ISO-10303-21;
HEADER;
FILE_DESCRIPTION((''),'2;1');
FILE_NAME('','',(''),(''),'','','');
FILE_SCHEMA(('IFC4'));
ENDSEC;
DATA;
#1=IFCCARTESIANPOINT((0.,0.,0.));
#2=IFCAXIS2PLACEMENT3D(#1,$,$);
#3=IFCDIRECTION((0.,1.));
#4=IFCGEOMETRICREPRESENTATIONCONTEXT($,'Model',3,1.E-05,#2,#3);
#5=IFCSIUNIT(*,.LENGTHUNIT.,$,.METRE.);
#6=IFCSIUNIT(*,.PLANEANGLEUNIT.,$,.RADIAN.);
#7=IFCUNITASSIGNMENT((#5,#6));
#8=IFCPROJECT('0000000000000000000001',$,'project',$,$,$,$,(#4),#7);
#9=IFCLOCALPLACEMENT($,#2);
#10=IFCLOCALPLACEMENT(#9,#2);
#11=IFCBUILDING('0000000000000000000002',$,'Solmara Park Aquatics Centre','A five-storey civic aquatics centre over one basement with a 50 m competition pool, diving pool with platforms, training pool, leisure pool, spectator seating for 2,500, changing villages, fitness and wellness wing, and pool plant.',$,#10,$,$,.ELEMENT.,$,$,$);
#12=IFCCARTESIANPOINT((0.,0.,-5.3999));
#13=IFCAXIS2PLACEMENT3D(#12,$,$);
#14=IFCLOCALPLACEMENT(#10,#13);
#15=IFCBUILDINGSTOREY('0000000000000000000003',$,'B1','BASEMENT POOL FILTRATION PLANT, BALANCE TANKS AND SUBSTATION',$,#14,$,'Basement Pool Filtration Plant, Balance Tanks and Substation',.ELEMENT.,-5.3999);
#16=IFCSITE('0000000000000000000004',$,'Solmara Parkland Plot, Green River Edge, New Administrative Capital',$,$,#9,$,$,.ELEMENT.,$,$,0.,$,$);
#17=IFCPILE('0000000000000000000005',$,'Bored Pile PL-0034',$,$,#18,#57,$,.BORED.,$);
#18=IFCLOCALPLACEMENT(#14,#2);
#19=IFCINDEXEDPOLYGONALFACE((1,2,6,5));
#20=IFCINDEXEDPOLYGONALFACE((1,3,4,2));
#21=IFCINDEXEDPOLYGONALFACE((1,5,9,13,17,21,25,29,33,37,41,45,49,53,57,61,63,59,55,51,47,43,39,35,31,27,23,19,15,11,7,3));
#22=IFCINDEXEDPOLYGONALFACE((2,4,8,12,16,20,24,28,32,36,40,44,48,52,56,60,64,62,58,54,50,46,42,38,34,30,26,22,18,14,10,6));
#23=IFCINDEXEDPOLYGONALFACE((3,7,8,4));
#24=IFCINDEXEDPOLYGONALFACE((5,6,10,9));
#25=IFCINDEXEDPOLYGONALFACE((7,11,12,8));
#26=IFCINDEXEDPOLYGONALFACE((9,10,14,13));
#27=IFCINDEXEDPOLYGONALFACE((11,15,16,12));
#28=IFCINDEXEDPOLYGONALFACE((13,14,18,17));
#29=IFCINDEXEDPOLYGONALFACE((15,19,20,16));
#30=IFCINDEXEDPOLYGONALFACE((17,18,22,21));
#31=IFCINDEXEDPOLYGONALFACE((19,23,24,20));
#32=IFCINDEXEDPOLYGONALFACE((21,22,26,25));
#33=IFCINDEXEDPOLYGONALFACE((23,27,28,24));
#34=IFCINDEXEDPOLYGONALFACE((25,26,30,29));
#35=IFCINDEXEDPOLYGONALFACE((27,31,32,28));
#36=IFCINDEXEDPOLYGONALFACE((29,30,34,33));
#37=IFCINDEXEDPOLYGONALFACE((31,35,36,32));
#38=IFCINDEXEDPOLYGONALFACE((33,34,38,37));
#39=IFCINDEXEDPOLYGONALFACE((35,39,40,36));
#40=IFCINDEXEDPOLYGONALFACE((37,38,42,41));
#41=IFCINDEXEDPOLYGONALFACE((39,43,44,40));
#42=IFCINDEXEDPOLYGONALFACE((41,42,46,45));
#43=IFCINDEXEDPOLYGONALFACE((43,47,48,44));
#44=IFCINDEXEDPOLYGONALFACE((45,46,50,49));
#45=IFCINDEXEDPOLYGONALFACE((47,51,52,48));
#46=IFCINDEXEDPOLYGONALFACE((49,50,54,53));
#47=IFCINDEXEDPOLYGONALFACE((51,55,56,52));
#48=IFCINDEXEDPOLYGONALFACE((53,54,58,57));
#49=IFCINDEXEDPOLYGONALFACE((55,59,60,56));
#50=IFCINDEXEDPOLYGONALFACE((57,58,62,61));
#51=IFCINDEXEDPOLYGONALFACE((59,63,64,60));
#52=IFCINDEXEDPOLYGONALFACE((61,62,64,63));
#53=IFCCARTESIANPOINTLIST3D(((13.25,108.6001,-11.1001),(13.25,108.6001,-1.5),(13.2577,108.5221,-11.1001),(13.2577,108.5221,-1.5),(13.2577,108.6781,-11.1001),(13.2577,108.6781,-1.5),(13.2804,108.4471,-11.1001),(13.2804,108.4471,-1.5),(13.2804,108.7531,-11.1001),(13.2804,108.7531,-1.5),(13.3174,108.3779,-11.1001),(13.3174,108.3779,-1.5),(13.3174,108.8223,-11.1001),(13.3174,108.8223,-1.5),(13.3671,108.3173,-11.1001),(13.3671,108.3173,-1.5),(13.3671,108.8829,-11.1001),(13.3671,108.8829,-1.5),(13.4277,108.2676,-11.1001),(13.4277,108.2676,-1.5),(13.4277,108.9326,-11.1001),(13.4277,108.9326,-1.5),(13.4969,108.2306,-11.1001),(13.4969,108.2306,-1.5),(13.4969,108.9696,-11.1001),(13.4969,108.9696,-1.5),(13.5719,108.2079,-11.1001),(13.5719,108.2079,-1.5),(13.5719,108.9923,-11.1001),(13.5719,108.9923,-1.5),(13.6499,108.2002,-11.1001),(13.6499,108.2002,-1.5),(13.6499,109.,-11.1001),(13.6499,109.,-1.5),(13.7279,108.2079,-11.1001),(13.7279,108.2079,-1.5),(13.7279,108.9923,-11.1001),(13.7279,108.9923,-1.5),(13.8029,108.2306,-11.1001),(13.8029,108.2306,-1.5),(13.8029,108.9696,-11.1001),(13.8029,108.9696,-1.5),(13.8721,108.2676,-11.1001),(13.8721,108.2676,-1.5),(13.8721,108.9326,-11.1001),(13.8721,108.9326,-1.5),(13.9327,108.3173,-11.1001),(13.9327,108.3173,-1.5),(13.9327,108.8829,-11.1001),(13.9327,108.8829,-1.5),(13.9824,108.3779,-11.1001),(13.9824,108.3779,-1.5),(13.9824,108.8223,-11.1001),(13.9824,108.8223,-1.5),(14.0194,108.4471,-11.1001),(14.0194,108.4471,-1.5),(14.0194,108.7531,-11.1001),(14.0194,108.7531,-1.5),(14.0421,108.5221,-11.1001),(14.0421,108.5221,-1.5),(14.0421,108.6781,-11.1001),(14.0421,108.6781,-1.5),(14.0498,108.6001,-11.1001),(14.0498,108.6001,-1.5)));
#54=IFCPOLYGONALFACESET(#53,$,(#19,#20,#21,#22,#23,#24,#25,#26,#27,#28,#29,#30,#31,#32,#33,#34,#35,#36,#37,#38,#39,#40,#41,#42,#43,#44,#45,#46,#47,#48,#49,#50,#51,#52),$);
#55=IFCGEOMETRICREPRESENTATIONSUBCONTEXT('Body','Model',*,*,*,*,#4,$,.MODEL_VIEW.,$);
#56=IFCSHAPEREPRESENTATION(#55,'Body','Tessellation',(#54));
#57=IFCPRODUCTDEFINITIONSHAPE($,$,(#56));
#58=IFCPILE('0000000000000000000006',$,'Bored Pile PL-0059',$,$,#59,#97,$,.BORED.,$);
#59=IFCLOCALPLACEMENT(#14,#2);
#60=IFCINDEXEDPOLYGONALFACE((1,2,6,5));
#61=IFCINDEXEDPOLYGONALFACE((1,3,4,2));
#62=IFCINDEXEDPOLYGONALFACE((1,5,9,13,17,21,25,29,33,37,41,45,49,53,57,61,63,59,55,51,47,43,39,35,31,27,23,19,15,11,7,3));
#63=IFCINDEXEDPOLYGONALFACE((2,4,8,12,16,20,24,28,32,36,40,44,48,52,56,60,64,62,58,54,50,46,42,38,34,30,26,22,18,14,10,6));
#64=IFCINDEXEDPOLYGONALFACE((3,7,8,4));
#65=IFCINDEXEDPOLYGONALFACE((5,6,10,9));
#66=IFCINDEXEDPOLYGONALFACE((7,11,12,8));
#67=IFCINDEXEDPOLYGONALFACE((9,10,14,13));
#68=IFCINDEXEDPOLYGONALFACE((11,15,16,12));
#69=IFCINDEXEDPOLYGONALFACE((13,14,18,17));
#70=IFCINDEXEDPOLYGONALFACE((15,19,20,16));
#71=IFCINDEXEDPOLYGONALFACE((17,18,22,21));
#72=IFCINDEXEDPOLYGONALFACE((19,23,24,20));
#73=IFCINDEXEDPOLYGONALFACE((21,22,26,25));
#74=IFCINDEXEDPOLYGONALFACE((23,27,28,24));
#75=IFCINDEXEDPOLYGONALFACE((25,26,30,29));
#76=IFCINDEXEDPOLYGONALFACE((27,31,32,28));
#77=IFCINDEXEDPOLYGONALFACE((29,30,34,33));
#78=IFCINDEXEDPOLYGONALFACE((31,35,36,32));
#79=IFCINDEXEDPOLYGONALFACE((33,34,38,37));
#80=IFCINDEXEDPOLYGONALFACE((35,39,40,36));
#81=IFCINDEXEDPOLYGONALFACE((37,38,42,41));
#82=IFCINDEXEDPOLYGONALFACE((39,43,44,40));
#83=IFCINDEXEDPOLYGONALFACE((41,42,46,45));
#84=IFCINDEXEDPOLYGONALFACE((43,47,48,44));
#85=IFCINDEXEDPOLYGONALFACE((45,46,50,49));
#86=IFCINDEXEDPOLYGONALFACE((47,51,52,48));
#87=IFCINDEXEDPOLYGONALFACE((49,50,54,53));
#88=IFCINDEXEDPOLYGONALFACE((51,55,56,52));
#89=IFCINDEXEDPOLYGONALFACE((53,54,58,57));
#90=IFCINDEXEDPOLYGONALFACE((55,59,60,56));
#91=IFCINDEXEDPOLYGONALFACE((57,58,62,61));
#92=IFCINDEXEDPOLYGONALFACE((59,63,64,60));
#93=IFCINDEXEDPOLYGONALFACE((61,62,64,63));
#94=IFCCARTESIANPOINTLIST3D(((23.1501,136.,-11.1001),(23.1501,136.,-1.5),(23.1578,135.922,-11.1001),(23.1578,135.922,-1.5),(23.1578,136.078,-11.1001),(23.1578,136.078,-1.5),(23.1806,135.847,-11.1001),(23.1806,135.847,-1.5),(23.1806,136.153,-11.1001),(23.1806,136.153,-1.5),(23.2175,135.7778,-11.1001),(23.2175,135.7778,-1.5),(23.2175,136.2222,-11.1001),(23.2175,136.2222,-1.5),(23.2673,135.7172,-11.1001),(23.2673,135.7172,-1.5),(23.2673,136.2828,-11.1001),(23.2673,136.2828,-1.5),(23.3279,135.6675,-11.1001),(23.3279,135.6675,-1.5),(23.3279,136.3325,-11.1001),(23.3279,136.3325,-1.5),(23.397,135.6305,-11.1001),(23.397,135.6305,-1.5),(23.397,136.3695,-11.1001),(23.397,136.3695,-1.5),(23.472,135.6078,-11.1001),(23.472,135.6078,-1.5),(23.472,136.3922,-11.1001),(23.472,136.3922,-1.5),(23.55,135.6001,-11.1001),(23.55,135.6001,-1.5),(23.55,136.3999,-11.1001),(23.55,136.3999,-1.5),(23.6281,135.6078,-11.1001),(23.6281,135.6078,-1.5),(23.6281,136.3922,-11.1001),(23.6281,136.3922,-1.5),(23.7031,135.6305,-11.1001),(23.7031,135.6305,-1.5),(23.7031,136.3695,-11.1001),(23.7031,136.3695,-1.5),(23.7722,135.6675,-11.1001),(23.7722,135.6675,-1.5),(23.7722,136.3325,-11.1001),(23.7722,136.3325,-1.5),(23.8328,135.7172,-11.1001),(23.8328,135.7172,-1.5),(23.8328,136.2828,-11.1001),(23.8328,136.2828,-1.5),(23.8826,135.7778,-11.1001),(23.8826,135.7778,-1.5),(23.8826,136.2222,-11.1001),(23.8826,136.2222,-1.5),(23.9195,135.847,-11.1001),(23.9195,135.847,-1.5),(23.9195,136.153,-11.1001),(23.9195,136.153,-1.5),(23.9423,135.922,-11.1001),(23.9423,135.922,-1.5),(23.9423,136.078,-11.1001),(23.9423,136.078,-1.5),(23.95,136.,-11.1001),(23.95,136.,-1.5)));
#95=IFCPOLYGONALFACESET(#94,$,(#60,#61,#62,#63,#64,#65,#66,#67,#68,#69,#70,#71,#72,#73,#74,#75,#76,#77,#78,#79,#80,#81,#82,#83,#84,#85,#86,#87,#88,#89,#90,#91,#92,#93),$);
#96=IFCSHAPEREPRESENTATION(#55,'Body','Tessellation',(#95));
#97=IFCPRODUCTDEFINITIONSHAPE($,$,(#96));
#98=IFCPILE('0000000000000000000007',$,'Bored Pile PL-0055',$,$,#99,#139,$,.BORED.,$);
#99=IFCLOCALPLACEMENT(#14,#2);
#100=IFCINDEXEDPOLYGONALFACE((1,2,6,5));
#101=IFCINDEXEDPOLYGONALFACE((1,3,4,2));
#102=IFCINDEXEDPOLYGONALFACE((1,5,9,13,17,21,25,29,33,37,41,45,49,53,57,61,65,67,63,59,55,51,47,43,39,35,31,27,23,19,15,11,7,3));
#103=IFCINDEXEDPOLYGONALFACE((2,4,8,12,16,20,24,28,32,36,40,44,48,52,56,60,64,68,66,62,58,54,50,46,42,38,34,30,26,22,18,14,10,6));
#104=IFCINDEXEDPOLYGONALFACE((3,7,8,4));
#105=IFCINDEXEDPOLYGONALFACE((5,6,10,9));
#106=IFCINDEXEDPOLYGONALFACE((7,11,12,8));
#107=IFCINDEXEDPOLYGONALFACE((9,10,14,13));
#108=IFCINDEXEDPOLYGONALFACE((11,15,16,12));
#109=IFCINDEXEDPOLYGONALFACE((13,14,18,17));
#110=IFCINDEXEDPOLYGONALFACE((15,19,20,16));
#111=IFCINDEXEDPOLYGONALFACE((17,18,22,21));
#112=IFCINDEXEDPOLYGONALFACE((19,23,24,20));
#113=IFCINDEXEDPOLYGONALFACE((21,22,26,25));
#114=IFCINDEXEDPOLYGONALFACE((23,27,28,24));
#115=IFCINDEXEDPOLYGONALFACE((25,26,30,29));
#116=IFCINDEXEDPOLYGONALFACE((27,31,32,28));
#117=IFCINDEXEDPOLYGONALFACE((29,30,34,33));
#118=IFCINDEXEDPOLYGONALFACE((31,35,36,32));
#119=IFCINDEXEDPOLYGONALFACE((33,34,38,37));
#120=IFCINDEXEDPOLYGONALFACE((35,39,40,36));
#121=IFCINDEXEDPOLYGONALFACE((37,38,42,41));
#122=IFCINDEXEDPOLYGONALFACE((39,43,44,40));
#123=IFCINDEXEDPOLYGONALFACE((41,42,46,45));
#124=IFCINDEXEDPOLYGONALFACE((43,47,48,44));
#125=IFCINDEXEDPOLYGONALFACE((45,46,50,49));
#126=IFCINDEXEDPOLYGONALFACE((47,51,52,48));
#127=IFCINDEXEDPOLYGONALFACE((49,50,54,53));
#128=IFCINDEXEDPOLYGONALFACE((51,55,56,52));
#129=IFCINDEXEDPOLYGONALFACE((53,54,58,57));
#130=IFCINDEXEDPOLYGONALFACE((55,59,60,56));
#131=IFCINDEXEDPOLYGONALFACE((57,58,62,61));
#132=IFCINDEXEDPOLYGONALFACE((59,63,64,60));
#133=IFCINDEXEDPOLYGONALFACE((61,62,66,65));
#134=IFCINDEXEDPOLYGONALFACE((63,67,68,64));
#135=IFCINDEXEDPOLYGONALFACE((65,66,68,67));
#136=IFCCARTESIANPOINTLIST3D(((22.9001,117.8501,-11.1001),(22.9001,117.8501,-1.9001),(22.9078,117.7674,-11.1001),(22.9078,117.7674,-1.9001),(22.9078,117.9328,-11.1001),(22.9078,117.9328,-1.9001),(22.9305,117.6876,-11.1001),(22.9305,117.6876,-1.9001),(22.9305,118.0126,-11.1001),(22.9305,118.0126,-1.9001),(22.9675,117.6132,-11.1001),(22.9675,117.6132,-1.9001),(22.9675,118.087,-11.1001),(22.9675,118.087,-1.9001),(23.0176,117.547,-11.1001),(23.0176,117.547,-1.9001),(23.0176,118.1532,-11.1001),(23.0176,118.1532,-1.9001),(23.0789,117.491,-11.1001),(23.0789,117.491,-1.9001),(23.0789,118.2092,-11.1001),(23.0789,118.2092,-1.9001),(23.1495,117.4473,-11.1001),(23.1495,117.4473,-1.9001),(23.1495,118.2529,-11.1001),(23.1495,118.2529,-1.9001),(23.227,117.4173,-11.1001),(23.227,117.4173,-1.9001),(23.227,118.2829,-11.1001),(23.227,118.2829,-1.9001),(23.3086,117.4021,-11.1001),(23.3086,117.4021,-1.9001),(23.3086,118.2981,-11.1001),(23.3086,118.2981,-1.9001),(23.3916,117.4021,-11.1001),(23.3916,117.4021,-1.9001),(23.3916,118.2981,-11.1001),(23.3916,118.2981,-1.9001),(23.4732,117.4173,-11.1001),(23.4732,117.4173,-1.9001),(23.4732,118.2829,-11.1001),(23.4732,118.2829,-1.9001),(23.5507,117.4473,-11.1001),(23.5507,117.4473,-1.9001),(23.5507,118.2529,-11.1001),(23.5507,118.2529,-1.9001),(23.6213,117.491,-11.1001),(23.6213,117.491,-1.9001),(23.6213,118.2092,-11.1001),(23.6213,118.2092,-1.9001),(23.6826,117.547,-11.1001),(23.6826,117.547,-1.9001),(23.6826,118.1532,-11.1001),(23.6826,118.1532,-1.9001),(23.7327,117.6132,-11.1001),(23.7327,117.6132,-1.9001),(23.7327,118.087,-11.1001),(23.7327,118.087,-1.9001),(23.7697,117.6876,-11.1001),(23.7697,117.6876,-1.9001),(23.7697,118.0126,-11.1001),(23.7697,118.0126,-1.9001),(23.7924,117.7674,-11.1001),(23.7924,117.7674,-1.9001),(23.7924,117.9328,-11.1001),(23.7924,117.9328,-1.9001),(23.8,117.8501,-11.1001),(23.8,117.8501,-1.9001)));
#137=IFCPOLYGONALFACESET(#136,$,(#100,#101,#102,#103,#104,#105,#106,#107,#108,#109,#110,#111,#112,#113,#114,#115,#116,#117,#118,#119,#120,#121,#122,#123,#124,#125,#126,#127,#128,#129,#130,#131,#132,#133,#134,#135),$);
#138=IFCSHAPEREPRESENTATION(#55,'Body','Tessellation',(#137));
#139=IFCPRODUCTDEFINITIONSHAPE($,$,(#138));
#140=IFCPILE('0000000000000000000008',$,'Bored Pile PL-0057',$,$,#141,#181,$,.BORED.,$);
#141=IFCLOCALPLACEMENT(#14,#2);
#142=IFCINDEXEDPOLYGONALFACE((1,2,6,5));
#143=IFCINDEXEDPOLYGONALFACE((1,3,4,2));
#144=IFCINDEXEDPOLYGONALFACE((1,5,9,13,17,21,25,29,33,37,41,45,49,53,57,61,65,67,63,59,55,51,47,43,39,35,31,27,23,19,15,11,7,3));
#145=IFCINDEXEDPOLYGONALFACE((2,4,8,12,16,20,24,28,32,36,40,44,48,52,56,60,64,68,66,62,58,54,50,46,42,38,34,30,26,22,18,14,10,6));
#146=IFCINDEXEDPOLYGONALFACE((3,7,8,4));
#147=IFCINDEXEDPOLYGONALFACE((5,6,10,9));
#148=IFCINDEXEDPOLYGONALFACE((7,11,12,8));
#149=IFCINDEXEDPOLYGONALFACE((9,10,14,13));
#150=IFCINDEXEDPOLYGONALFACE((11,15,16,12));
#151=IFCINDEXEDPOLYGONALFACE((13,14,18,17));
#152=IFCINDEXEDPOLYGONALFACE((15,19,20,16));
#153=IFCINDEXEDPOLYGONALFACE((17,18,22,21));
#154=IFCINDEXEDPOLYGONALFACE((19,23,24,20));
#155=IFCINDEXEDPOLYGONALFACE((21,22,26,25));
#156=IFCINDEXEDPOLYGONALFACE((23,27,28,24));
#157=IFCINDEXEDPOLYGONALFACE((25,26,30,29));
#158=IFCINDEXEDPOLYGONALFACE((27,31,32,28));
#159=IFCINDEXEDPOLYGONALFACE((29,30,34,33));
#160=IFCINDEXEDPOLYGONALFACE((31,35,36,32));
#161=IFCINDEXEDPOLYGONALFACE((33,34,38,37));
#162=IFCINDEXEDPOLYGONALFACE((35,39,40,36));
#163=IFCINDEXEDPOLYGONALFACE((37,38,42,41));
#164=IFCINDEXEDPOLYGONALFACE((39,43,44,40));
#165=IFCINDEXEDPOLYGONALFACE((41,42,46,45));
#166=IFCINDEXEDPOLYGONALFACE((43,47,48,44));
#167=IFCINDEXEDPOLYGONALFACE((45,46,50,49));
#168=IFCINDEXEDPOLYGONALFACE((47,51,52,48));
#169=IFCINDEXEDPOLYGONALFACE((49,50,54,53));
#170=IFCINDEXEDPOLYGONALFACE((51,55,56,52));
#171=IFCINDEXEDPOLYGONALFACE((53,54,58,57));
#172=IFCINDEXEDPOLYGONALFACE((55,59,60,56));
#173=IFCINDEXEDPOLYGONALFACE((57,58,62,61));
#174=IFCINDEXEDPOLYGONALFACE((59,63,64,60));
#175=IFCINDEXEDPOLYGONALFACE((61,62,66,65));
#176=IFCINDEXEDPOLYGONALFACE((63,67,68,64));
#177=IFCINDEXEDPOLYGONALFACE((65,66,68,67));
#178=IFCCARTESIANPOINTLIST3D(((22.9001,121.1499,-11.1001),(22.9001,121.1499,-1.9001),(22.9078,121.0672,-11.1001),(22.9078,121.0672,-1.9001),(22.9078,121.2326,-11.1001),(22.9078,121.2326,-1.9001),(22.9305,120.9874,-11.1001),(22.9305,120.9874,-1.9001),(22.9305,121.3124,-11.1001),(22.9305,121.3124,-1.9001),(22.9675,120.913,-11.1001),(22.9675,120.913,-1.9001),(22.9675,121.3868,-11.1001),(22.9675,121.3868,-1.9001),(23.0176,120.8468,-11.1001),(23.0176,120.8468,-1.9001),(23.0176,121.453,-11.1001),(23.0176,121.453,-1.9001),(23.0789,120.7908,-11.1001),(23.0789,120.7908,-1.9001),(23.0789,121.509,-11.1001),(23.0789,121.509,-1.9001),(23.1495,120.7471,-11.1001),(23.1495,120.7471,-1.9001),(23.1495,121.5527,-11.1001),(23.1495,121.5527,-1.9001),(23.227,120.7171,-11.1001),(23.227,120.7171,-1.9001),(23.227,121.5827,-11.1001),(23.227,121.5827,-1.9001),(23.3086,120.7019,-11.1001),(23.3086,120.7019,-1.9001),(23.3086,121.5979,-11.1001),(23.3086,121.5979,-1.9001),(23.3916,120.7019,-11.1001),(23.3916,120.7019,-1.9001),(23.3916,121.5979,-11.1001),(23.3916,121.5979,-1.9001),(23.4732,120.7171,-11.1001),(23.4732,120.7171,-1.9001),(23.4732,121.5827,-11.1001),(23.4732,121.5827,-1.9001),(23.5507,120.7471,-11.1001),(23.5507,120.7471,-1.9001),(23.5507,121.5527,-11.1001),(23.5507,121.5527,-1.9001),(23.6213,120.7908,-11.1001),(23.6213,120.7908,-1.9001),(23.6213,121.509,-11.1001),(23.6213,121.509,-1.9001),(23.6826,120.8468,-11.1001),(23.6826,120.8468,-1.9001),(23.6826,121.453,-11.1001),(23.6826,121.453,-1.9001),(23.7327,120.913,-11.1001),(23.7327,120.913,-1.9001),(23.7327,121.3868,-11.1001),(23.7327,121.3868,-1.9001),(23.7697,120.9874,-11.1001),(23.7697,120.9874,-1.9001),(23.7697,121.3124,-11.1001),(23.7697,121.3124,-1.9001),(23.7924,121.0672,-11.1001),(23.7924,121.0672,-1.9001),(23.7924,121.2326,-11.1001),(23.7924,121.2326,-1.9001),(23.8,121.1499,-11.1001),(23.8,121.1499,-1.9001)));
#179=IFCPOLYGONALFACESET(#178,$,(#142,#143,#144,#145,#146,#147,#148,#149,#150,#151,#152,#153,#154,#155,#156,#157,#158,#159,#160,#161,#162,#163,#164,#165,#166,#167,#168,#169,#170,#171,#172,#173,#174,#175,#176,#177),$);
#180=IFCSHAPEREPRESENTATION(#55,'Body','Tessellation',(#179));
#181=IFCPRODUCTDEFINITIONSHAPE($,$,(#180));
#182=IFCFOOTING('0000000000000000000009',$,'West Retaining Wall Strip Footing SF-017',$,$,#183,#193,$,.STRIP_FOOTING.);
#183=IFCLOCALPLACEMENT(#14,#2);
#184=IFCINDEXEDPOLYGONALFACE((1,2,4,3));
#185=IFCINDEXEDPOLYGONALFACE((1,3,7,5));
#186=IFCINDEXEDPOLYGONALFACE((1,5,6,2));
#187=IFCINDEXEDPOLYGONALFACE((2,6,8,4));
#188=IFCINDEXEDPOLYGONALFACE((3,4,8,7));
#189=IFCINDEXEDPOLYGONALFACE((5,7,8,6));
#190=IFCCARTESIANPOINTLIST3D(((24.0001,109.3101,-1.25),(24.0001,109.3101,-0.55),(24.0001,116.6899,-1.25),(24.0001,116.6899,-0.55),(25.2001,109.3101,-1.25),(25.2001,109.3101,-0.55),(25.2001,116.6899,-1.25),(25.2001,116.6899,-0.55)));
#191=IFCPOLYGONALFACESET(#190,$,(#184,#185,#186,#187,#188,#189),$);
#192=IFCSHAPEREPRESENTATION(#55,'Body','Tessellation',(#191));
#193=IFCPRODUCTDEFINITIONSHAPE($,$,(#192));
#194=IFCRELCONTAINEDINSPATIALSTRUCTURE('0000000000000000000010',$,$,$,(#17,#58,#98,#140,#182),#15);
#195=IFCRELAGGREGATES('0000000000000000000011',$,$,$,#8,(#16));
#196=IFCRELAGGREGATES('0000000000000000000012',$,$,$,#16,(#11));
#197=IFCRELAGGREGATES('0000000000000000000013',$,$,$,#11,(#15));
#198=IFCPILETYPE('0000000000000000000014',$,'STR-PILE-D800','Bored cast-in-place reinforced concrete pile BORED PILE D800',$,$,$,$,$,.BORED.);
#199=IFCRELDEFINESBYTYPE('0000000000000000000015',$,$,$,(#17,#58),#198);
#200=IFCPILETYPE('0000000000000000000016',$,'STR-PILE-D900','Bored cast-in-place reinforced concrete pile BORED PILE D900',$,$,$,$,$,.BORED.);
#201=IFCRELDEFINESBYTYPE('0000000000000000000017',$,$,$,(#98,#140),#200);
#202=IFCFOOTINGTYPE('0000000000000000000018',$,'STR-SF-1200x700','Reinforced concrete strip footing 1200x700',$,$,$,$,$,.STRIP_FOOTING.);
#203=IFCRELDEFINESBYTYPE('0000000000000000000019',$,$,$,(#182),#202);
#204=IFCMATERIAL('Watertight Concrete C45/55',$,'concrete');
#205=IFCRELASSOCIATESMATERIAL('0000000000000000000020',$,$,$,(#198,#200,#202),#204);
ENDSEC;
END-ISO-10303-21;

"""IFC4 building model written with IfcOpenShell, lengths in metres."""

from ifc_helpers import new_model, si_unit, direction, frame, origin, origin_2d, place, context, subcontext, project, spatial, rectangle, circle, extrude, material, material_profile, profile_set, type_object, element, save


model = new_model("IFC4")

# Units and contexts
model_context = context("Model", 3, precision=1e-05, world=origin(), true_north=direction((0.0, 1.0)))
body_context = subcontext(model_context, "Body", "Model", "MODEL_VIEW")
ifc_project = project(units=[si_unit("LENGTHUNIT", "METRE"), si_unit("PLANEANGLEUNIT", "RADIAN")], contexts=[model_context])

# Site, building, storey
site_placement = place(None, origin())
site = spatial("IfcSite", under=ifc_project, at=site_placement, Name="Solmara Parkland Plot, Green River Edge, New Administrative Capital", CompositionType="ELEMENT", RefElevation=0.0)
building_placement = place(site_placement, origin())
building = spatial("IfcBuilding", under=site, at=building_placement, Name="Solmara Park Aquatics Centre", Description="A five-storey civic aquatics centre over one basement with a 50 m competition pool, diving pool with platforms, training pool, leisure pool, spectator seating for 2,500, changing villages, fitness and wellness wing, and pool plant.", CompositionType="ELEMENT")
storey_placement = place(building_placement, frame((0.0, 0.0, -5.3999)))
storey = spatial("IfcBuildingStorey", under=building, at=storey_placement, Name="B1", Description="BASEMENT POOL FILTRATION PLANT, BALANCE TANKS AND SUBSTATION", LongName="Basement Pool Filtration Plant, Balance Tanks and Substation", CompositionType="ELEMENT", Elevation=-5.3999)

# Shared definitions
ifc_material_1 = material(Name="Watertight Concrete C45/55", Category="concrete")

# Piles
ifc_material_profile_1 = material_profile(ifc_material_1, circle(Radius=0.3999, at=origin_2d()), Name="BORED PILE D800")
ifc_profile_set_1 = profile_set([ifc_material_profile_1], Name="Watertight Concrete C45/55")
pile_type_1 = type_object("IfcPileType", Name="STR-PILE-D800", Description="Bored cast-in-place reinforced concrete pile BORED PILE D800", PredefinedType="BORED", material=ifc_profile_set_1)
for number, where, z_axis, x_axis, name in (
    (1, (13.6499, 108.6001, -1.5), (0.0, 0.0, -1.0), (1.0, 0.0, 0.0), "Bored Pile PL-0034"),
    (2, (23.55, 136.0, -1.5), (0.0, 0.0, -1.0), (1.0, 0.0, 0.0), "Bored Pile PL-0059"),
):
    element("IfcPile", number, at=place(storey_placement, frame(where, z_axis=z_axis, x_axis=x_axis)), inside=storey, type_object=pile_type_1, Name=name, PredefinedType="BORED", context=body_context, shape_type="SweptSolid", body=[
        extrude(circle(Radius=0.3999, at=origin_2d()), origin(), (0.0, 0.0, 1.0), 9.6001),
    ])
ifc_material_profile_2 = material_profile(ifc_material_1, circle(Radius=0.45, at=origin_2d()), Name="BORED PILE D900")
ifc_profile_set_2 = profile_set([ifc_material_profile_2], Name="Watertight Concrete C45/55")
pile_type_2 = type_object("IfcPileType", Name="STR-PILE-D900", Description="Bored cast-in-place reinforced concrete pile BORED PILE D900", PredefinedType="BORED", material=ifc_profile_set_2)
for number, where, z_axis, x_axis, name in (
    (3, (23.3501, 117.8501, -1.9001), (0.0, 0.0, -1.0), (1.0, 0.0, 0.0), "Bored Pile PL-0055"),
    (4, (23.3501, 121.1499, -1.9001), (0.0, 0.0, -1.0), (1.0, 0.0, 0.0), "Bored Pile PL-0057"),
):
    element("IfcPile", number, at=place(storey_placement, frame(where, z_axis=z_axis, x_axis=x_axis)), inside=storey, type_object=pile_type_2, Name=name, PredefinedType="BORED", context=body_context, shape_type="SweptSolid", body=[
        extrude(circle(Radius=0.45, at=origin_2d()), origin(), (0.0, 0.0, 1.0), 9.2),
    ])

# Footing
footing_type_1 = type_object("IfcFootingType", Name="STR-SF-1200x700", Description="Reinforced concrete strip footing 1200x700", PredefinedType="STRIP_FOOTING", material=ifc_material_1)
footing_1_placement = place(storey_placement, frame((24.6001, 113.0, -1.25), z_axis=(0.0, 0.0, 1.0), x_axis=(1.0, 0.0, 0.0)))
element("IfcFooting", 5, at=footing_1_placement, inside=storey, type_object=footing_type_1, Name="West Retaining Wall Strip Footing SF-017", PredefinedType="STRIP_FOOTING", context=body_context, shape_type="SweptSolid", body=[
    extrude(rectangle(XDim=1.2, YDim=7.3799, at=origin_2d()), origin(), (0.0, 0.0, 1.0), 0.7),
])

save(model, "model.ifc")
